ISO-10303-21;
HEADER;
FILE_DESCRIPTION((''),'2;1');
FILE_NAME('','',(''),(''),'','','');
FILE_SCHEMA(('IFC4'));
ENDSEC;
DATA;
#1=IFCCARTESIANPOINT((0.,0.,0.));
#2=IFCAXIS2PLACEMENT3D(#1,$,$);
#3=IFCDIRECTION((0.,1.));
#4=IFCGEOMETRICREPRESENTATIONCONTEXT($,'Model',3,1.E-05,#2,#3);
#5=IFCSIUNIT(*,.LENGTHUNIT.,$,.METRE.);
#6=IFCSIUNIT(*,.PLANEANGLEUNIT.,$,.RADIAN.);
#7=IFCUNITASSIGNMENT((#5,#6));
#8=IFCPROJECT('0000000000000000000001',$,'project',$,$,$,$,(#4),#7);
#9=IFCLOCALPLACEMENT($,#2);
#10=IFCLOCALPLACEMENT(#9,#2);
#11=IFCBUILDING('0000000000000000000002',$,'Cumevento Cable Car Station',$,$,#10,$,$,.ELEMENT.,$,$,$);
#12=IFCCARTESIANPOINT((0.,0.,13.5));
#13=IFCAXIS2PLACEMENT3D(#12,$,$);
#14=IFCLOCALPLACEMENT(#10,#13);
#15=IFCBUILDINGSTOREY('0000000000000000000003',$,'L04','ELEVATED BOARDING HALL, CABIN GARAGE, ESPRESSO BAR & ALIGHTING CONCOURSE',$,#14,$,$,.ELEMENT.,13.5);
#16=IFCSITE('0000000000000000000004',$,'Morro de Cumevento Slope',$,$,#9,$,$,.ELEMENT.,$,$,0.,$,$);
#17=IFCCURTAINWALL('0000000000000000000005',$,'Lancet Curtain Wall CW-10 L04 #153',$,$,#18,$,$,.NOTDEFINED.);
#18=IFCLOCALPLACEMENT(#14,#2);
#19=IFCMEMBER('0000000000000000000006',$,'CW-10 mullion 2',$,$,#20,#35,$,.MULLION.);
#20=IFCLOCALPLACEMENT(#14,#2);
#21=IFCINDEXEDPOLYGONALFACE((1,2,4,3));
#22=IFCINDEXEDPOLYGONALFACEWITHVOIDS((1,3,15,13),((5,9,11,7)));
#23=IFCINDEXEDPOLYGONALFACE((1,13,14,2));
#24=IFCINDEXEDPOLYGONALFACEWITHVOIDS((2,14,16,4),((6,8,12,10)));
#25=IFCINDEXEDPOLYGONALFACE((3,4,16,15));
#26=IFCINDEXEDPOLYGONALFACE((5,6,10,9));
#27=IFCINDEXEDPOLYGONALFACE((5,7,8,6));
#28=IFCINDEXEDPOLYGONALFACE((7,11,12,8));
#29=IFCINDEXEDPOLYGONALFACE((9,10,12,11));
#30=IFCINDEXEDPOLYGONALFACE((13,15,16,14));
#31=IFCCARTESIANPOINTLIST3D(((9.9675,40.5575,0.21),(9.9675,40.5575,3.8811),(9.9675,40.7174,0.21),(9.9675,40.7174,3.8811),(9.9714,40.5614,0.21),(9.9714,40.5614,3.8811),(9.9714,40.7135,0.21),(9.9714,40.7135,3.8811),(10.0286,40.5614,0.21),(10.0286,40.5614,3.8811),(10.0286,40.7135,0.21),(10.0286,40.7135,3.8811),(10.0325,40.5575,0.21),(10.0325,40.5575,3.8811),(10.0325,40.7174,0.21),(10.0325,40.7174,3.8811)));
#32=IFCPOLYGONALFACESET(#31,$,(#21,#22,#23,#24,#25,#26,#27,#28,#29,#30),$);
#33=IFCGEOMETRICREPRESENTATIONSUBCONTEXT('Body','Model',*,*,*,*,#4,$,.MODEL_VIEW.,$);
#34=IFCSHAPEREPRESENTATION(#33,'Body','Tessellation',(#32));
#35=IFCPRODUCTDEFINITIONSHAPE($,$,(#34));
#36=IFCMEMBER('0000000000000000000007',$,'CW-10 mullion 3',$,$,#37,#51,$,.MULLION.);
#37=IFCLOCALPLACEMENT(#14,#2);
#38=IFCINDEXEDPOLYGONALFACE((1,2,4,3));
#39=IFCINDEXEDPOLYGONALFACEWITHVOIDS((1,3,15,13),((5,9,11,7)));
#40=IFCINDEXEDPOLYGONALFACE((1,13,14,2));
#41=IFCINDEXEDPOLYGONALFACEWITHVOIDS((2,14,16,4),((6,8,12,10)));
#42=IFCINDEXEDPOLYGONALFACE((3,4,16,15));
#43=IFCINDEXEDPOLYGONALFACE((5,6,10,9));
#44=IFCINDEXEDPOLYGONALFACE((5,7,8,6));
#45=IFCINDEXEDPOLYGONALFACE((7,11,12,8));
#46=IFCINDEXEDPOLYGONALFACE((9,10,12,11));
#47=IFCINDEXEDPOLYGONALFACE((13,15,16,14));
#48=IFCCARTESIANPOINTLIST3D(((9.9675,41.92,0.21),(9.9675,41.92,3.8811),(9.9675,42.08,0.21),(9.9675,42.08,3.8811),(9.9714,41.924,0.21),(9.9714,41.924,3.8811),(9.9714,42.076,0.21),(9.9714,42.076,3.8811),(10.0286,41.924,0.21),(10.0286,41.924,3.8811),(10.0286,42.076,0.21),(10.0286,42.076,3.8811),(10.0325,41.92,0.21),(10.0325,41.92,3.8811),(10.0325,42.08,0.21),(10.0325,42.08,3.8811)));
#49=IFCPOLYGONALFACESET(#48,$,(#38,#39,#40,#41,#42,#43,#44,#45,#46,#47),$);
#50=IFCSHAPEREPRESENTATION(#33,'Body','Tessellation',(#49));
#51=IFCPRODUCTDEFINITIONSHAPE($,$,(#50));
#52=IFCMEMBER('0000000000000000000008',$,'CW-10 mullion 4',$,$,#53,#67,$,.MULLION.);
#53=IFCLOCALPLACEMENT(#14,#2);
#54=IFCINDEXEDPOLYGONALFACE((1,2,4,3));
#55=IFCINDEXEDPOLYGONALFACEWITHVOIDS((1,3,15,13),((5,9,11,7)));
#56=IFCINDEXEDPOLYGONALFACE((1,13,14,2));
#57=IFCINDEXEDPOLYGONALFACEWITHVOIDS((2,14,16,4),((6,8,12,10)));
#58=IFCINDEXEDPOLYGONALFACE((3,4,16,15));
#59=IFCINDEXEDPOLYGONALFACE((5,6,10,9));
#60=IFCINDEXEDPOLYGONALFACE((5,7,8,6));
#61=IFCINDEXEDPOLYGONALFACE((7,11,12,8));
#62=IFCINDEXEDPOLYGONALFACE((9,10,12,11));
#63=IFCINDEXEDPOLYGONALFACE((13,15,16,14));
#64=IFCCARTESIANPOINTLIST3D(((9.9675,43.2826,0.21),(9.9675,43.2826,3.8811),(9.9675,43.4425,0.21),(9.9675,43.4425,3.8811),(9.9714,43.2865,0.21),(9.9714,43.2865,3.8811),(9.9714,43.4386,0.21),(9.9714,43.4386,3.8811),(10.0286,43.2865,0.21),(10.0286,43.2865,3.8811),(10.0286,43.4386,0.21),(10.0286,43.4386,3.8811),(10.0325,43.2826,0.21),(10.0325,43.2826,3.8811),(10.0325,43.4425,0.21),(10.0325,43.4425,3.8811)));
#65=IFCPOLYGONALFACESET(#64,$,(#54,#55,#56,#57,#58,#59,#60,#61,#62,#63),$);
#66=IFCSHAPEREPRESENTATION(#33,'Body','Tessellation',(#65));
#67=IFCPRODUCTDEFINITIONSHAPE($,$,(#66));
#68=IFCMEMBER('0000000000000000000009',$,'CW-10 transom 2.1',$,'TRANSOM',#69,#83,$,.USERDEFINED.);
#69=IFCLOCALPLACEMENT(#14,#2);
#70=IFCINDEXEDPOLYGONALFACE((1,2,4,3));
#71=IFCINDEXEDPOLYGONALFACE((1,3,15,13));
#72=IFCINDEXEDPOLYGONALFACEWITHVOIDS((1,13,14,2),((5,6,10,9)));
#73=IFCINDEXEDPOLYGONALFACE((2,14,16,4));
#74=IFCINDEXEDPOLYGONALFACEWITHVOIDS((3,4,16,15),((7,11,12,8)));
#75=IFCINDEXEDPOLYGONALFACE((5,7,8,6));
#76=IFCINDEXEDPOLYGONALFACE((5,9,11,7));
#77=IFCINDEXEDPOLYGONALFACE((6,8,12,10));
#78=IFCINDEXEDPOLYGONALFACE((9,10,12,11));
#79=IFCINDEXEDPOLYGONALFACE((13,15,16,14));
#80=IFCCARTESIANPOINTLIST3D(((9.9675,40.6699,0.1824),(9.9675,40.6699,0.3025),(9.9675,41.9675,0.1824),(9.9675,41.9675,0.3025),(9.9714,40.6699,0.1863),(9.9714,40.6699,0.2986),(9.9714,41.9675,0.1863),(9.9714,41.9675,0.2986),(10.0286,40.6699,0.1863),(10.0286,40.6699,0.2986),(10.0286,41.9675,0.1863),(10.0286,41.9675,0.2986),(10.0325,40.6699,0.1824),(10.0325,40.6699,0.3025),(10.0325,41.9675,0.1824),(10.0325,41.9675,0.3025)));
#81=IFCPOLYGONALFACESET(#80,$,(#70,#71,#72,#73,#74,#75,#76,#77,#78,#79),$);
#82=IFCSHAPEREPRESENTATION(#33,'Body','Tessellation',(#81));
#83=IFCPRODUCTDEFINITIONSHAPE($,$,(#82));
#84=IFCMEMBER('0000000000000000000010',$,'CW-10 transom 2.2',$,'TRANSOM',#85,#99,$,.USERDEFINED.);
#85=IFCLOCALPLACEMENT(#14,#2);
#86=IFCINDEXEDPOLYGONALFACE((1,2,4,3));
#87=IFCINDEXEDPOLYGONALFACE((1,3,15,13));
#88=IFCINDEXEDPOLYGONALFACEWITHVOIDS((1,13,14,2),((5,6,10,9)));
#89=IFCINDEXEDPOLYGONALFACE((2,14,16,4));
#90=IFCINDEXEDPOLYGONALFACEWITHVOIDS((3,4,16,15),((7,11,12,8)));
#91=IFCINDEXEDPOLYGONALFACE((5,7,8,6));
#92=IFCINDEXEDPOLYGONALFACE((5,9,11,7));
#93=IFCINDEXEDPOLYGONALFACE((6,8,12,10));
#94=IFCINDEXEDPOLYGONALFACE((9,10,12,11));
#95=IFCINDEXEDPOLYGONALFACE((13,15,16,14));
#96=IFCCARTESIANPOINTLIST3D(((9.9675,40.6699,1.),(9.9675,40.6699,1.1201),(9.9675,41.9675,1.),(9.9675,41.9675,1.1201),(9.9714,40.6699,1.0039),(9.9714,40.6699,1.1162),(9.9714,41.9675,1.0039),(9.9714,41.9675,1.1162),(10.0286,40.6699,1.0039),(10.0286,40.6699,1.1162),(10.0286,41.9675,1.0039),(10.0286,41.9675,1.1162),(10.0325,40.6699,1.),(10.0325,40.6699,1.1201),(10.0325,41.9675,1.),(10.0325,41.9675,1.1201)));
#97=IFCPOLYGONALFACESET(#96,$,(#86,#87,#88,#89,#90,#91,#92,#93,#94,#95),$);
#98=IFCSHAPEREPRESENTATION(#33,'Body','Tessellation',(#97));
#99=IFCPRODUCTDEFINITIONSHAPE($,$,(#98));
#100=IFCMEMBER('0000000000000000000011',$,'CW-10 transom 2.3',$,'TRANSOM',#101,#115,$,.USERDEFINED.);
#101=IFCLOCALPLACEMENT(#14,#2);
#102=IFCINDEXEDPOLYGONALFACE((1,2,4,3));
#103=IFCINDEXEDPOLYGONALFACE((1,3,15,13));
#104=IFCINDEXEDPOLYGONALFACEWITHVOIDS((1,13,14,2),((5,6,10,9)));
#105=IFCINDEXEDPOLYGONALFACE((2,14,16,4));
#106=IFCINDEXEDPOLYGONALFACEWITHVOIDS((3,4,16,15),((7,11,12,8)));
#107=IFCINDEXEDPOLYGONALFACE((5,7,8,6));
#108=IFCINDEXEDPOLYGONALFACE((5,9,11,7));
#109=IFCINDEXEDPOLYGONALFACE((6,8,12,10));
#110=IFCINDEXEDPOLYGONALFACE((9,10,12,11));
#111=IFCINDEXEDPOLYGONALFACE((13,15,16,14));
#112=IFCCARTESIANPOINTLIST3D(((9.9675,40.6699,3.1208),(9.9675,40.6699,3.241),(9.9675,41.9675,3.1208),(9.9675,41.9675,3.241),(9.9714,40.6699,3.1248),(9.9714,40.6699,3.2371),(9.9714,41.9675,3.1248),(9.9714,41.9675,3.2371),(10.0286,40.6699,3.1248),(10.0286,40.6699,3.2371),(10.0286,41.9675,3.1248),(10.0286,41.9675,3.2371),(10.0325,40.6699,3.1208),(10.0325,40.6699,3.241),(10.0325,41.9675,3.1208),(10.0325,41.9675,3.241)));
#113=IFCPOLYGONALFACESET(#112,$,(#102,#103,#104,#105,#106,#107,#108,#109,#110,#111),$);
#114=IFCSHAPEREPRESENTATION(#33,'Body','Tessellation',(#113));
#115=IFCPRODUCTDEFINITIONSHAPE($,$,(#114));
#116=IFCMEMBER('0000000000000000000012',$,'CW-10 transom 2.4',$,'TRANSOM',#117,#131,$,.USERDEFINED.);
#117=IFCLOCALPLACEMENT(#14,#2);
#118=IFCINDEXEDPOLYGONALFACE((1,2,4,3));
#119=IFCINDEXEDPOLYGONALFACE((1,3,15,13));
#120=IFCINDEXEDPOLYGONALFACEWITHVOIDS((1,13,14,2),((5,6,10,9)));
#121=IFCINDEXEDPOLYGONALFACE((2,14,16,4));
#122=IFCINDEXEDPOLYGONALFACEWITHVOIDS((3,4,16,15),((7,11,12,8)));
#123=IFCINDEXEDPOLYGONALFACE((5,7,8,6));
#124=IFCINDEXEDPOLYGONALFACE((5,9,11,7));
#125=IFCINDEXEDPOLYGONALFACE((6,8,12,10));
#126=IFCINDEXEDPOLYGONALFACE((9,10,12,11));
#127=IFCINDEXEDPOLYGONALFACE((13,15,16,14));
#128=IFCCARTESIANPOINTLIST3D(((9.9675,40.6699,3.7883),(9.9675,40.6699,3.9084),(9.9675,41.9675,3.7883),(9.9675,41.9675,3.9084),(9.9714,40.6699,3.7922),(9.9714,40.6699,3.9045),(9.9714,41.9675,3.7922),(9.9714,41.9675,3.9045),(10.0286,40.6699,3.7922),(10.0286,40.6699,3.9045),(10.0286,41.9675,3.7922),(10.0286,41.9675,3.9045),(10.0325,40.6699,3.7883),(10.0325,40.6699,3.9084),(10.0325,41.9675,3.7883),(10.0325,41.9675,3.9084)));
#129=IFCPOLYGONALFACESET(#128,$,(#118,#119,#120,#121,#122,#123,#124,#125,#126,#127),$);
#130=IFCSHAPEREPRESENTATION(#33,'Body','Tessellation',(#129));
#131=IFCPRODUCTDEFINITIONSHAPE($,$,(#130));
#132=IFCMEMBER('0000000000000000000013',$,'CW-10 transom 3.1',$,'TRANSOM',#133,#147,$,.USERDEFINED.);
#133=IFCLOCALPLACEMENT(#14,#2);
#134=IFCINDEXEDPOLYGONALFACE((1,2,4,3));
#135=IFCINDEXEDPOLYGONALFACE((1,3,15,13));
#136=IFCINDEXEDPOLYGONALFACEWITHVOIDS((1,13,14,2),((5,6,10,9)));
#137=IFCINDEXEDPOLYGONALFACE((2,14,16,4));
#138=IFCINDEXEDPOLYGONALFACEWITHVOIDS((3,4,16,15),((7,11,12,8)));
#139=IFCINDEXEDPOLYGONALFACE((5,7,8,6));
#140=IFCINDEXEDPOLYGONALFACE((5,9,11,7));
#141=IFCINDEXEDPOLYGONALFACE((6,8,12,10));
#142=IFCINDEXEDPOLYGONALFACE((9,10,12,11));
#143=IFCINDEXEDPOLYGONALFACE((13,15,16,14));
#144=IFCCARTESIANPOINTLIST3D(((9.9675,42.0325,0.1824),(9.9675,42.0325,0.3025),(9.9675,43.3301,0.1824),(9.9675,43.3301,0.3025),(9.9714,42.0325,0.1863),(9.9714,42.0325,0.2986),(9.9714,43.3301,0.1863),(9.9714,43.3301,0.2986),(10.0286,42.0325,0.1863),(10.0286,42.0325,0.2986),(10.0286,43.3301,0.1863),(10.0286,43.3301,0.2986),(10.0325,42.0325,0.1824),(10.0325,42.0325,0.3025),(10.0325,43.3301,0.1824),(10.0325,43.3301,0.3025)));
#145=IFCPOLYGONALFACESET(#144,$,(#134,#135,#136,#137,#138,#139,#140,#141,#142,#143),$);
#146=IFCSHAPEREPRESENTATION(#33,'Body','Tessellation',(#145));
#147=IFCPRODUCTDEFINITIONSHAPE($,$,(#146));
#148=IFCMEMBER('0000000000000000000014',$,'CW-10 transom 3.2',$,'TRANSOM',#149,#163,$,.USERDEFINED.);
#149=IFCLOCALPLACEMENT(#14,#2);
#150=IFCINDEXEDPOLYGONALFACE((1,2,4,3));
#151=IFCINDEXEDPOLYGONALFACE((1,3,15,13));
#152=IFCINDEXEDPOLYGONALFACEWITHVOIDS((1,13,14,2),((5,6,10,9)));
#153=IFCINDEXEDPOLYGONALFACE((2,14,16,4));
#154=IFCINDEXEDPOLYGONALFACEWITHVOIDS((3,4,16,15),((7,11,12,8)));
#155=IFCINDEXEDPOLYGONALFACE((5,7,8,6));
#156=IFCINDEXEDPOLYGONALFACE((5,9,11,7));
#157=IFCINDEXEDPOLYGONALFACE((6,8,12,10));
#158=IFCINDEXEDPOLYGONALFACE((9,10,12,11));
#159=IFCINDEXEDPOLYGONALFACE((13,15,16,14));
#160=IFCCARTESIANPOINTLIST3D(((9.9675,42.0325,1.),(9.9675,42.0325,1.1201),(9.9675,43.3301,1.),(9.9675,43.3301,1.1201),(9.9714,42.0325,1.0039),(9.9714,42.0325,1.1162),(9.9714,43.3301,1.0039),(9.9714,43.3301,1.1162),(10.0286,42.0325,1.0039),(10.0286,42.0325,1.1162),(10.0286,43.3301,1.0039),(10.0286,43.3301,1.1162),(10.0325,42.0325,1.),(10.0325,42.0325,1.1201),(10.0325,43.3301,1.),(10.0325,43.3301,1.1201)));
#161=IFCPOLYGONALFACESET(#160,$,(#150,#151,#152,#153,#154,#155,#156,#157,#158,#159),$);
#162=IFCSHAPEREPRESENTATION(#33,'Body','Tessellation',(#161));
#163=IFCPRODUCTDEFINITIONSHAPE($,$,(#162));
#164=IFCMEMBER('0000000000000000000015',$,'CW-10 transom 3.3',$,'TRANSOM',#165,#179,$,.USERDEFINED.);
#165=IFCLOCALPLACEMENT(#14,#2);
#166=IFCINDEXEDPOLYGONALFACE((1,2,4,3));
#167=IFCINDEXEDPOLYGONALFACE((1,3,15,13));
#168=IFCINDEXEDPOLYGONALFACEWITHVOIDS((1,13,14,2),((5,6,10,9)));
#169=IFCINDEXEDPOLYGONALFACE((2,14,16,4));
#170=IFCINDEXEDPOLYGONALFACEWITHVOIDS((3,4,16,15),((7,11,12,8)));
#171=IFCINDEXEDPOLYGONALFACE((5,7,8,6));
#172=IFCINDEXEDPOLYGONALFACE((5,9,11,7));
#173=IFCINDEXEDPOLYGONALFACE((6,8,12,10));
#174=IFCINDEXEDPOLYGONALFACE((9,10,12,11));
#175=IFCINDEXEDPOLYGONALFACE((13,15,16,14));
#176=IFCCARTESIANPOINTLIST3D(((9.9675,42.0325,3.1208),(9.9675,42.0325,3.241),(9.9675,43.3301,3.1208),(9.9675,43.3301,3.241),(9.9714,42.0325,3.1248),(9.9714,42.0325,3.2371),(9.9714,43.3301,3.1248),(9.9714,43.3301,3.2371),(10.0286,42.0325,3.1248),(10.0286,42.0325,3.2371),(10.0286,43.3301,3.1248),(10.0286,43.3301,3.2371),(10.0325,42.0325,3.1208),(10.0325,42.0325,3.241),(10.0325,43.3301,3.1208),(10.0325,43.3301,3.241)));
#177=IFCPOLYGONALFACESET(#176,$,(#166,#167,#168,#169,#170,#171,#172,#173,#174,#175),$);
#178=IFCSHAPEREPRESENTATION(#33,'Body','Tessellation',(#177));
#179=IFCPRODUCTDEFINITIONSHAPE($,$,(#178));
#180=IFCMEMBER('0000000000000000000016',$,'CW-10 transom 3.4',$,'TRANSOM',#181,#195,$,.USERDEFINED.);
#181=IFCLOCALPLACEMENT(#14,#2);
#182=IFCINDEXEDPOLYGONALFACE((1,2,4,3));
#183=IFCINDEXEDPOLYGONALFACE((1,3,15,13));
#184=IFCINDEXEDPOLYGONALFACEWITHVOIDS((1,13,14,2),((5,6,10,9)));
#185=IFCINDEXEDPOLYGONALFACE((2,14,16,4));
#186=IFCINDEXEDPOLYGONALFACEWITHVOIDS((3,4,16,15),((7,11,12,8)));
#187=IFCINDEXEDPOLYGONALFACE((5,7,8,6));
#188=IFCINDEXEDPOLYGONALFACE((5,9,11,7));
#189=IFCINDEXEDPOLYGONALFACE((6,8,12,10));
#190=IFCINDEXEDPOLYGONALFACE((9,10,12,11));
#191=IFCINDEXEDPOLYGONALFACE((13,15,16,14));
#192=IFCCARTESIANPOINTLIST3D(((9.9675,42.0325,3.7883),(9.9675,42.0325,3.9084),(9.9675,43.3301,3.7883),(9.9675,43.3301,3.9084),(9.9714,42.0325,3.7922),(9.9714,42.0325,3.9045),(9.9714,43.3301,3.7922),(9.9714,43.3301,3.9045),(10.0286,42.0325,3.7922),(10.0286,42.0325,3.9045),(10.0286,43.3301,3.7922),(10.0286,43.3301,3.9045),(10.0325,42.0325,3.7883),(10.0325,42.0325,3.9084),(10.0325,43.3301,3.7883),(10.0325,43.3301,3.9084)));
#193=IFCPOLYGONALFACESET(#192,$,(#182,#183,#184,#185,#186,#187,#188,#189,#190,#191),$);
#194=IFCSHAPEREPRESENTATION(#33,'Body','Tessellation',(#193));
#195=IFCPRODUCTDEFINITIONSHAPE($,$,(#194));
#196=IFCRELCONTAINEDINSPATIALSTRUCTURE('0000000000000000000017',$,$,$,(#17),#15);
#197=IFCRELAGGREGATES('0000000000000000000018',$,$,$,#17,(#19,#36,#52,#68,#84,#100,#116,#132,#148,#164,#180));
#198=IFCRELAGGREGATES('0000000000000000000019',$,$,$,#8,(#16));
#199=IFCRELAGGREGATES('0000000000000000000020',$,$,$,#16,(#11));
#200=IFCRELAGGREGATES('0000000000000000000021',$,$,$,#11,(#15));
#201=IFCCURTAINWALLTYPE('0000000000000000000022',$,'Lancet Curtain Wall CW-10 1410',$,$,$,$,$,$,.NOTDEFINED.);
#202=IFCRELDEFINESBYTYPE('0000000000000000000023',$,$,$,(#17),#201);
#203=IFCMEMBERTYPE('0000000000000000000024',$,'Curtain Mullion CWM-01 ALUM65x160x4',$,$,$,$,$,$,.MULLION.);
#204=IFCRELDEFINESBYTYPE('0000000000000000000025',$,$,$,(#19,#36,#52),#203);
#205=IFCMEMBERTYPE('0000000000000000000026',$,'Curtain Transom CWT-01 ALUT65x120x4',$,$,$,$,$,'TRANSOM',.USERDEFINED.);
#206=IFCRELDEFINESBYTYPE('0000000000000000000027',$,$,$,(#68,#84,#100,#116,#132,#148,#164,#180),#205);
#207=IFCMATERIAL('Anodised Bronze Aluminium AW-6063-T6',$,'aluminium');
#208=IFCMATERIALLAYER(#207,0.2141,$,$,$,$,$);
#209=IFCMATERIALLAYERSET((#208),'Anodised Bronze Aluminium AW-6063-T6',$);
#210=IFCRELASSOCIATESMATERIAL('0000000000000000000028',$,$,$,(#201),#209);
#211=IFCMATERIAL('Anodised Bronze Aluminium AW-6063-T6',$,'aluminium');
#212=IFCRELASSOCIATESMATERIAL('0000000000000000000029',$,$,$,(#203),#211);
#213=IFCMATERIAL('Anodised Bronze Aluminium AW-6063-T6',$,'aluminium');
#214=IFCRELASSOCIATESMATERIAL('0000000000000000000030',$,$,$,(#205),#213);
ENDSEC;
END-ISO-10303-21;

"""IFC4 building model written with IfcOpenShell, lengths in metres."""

from ifc_helpers import new_model, si_unit, direction, frame, origin, origin_2d, place, context, subcontext, project, spatial, hollow_rectangle, extrude, material, layer, layer_set, material_profile, profile_set, type_object, element, aggregate, save


model = new_model("IFC4")

# Units and contexts
model_context = context("Model", 3, precision=1e-05, world=origin(), true_north=direction((0.0, 1.0)))
body_context = subcontext(model_context, "Body", "Model", "MODEL_VIEW")
ifc_project = project(units=[si_unit("LENGTHUNIT", "METRE"), si_unit("PLANEANGLEUNIT", "RADIAN")], contexts=[model_context])

# Site, building, storey
site_placement = place(None, origin())
site = spatial("IfcSite", under=ifc_project, at=site_placement, Name="Morro de Cumevento Slope", CompositionType="ELEMENT", RefElevation=0.0)
building_placement = place(site_placement, origin())
building = spatial("IfcBuilding", under=site, at=building_placement, Name="Cumevento Cable Car Station", CompositionType="ELEMENT")
storey_placement = place(building_placement, frame((0.0, 0.0, 13.5)))
storey = spatial("IfcBuildingStorey", under=building, at=storey_placement, Name="L04", Description="ELEVATED BOARDING HALL, CABIN GARAGE, ESPRESSO BAR & ALIGHTING CONCOURSE", CompositionType="ELEMENT", Elevation=13.5)

# Curtain wall, members
ifc_material_1 = material(Name="Anodised Bronze Aluminium AW-6063-T6", Category="aluminium")
ifc_layer_1 = layer(ifc_material_1, 0.2141)
ifc_layer_set_1 = layer_set([ifc_layer_1], Name="Anodised Bronze Aluminium AW-6063-T6")
curtain_wall_type = type_object("IfcCurtainWallType", Name="Lancet Curtain Wall CW-10 1410", PredefinedType="NOTDEFINED", material=ifc_layer_set_1)
curtain_wall_placement = place(storey_placement, origin())
curtain_wall = element("IfcCurtainWall", 1, at=curtain_wall_placement, inside=storey, type_object=curtain_wall_type, Name="Lancet Curtain Wall CW-10 L04 #153", PredefinedType="NOTDEFINED")
ifc_material_2 = material(Name="Anodised Bronze Aluminium AW-6063-T6", Category="aluminium")
ifc_material_profile_1 = material_profile(ifc_material_2, hollow_rectangle(XDim=0.0649, YDim=0.1599, WallThickness=0.0039, at=origin_2d()), Name="ALUM65x160x4")
ifc_profile_set_1 = profile_set([ifc_material_profile_1], Name="Anodised Bronze Aluminium AW-6063-T6")
member_type_1 = type_object("IfcMemberType", Name="Curtain Mullion CWM-01 ALUM65x160x4", PredefinedType="MULLION", material=ifc_profile_set_1)
member_1_placement = place(storey_placement, frame((10.0, 40.6375, 0.21), z_axis=(0.0, 0.0, 1.0), x_axis=(-1.0, 0.0, 0.0)))
member_1 = element("IfcMember", 2, at=member_1_placement, type_object=member_type_1, Name="CW-10 mullion 2", PredefinedType="MULLION", context=body_context, shape_type="SweptSolid", body=[
    extrude(hollow_rectangle(XDim=0.0649, YDim=0.1599, WallThickness=0.0039, at=origin_2d()), origin(), (0.0, 0.0, 1.0), 3.6711),
])
member_2_placement = place(storey_placement, frame((10.0, 42.0, 0.21), z_axis=(0.0, 0.0, 1.0), x_axis=(-1.0, 0.0, 0.0)))
member_2 = element("IfcMember", 3, at=member_2_placement, type_object=member_type_1, Name="CW-10 mullion 3", PredefinedType="MULLION", context=body_context, shape_type="SweptSolid", body=[
    extrude(hollow_rectangle(XDim=0.0649, YDim=0.1599, WallThickness=0.0039, at=origin_2d()), origin(), (0.0, 0.0, 1.0), 3.6711),
])
member_3_placement = place(storey_placement, frame((10.0, 43.3625, 0.21), z_axis=(0.0, 0.0, 1.0), x_axis=(-1.0, 0.0, 0.0)))
member_3 = element("IfcMember", 4, at=member_3_placement, type_object=member_type_1, Name="CW-10 mullion 4", PredefinedType="MULLION", context=body_context, shape_type="SweptSolid", body=[
    extrude(hollow_rectangle(XDim=0.0649, YDim=0.1599, WallThickness=0.0039, at=origin_2d()), origin(), (0.0, 0.0, 1.0), 3.6711),
])
ifc_material_3 = material(Name="Anodised Bronze Aluminium AW-6063-T6", Category="aluminium")
ifc_material_profile_2 = material_profile(ifc_material_3, hollow_rectangle(XDim=0.0649, YDim=0.1201, WallThickness=0.0039, at=origin_2d()), Name="ALUT65x120x4")
ifc_profile_set_2 = profile_set([ifc_material_profile_2], Name="Anodised Bronze Aluminium AW-6063-T6")
member_type_2 = type_object("IfcMemberType", Name="Curtain Transom CWT-01 ALUT65x120x4", ElementType="TRANSOM", PredefinedType="USERDEFINED", material=ifc_profile_set_2)
member_4_placement = place(storey_placement, frame((10.0, 40.6699, 0.2424), z_axis=(0.0, 1.0, 0.0), x_axis=(-1.0, 0.0, 0.0)))
member_4 = element("IfcMember", 5, at=member_4_placement, type_object=member_type_2, Name="CW-10 transom 2.1", ObjectType="TRANSOM", PredefinedType="USERDEFINED", context=body_context, shape_type="SweptSolid", body=[
    extrude(hollow_rectangle(XDim=0.0649, YDim=0.1201, WallThickness=0.0039, at=origin_2d()), origin(), (0.0, 0.0, 1.0), 1.2976),
])
member_5_placement = place(storey_placement, frame((10.0, 40.6699, 1.0601), z_axis=(0.0, 1.0, 0.0), x_axis=(-1.0, 0.0, 0.0)))
member_5 = element("IfcMember", 6, at=member_5_placement, type_object=member_type_2, Name="CW-10 transom 2.2", ObjectType="TRANSOM", PredefinedType="USERDEFINED", context=body_context, shape_type="SweptSolid", body=[
    extrude(hollow_rectangle(XDim=0.0649, YDim=0.1201, WallThickness=0.0039, at=origin_2d()), origin(), (0.0, 0.0, 1.0), 1.2976),
])
member_6_placement = place(storey_placement, frame((10.0, 40.6699, 3.1809), z_axis=(0.0, 1.0, 0.0), x_axis=(-1.0, 0.0, 0.0)))
member_6 = element("IfcMember", 7, at=member_6_placement, type_object=member_type_2, Name="CW-10 transom 2.3", ObjectType="TRANSOM", PredefinedType="USERDEFINED", context=body_context, shape_type="SweptSolid", body=[
    extrude(hollow_rectangle(XDim=0.0649, YDim=0.1201, WallThickness=0.0039, at=origin_2d()), origin(), (0.0, 0.0, 1.0), 1.2976),
])
member_7_placement = place(storey_placement, frame((10.0, 40.6699, 3.8484), z_axis=(0.0, 1.0, 0.0), x_axis=(-1.0, 0.0, 0.0)))
member_7 = element("IfcMember", 8, at=member_7_placement, type_object=member_type_2, Name="CW-10 transom 2.4", ObjectType="TRANSOM", PredefinedType="USERDEFINED", context=body_context, shape_type="SweptSolid", body=[
    extrude(hollow_rectangle(XDim=0.0649, YDim=0.1201, WallThickness=0.0039, at=origin_2d()), origin(), (0.0, 0.0, 1.0), 1.2976),
])
member_8_placement = place(storey_placement, frame((10.0, 42.0325, 0.2424), z_axis=(0.0, 1.0, 0.0), x_axis=(-1.0, 0.0, 0.0)))
member_8 = element("IfcMember", 9, at=member_8_placement, type_object=member_type_2, Name="CW-10 transom 3.1", ObjectType="TRANSOM", PredefinedType="USERDEFINED", context=body_context, shape_type="SweptSolid", body=[
    extrude(hollow_rectangle(XDim=0.0649, YDim=0.1201, WallThickness=0.0039, at=origin_2d()), origin(), (0.0, 0.0, 1.0), 1.2976),
])
member_9_placement = place(storey_placement, frame((10.0, 42.0325, 1.0601), z_axis=(0.0, 1.0, 0.0), x_axis=(-1.0, 0.0, 0.0)))
member_9 = element("IfcMember", 10, at=member_9_placement, type_object=member_type_2, Name="CW-10 transom 3.2", ObjectType="TRANSOM", PredefinedType="USERDEFINED", context=body_context, shape_type="SweptSolid", body=[
    extrude(hollow_rectangle(XDim=0.0649, YDim=0.1201, WallThickness=0.0039, at=origin_2d()), origin(), (0.0, 0.0, 1.0), 1.2976),
])
member_10_placement = place(storey_placement, frame((10.0, 42.0325, 3.1809), z_axis=(0.0, 1.0, 0.0), x_axis=(-1.0, 0.0, 0.0)))
member_10 = element("IfcMember", 11, at=member_10_placement, type_object=member_type_2, Name="CW-10 transom 3.3", ObjectType="TRANSOM", PredefinedType="USERDEFINED", context=body_context, shape_type="SweptSolid", body=[
    extrude(hollow_rectangle(XDim=0.0649, YDim=0.1201, WallThickness=0.0039, at=origin_2d()), origin(), (0.0, 0.0, 1.0), 1.2976),
])
member_11_placement = place(storey_placement, frame((10.0, 42.0325, 3.8484), z_axis=(0.0, 1.0, 0.0), x_axis=(-1.0, 0.0, 0.0)))
member_11 = element("IfcMember", 12, at=member_11_placement, type_object=member_type_2, Name="CW-10 transom 3.4", ObjectType="TRANSOM", PredefinedType="USERDEFINED", context=body_context, shape_type="SweptSolid", body=[
    extrude(hollow_rectangle(XDim=0.0649, YDim=0.1201, WallThickness=0.0039, at=origin_2d()), origin(), (0.0, 0.0, 1.0), 1.2976),
])
aggregate(curtain_wall, [member_1, member_2, member_3, member_4, member_5, member_6, member_7, member_8, member_9, member_10, member_11])

save(model, "model.ifc")
